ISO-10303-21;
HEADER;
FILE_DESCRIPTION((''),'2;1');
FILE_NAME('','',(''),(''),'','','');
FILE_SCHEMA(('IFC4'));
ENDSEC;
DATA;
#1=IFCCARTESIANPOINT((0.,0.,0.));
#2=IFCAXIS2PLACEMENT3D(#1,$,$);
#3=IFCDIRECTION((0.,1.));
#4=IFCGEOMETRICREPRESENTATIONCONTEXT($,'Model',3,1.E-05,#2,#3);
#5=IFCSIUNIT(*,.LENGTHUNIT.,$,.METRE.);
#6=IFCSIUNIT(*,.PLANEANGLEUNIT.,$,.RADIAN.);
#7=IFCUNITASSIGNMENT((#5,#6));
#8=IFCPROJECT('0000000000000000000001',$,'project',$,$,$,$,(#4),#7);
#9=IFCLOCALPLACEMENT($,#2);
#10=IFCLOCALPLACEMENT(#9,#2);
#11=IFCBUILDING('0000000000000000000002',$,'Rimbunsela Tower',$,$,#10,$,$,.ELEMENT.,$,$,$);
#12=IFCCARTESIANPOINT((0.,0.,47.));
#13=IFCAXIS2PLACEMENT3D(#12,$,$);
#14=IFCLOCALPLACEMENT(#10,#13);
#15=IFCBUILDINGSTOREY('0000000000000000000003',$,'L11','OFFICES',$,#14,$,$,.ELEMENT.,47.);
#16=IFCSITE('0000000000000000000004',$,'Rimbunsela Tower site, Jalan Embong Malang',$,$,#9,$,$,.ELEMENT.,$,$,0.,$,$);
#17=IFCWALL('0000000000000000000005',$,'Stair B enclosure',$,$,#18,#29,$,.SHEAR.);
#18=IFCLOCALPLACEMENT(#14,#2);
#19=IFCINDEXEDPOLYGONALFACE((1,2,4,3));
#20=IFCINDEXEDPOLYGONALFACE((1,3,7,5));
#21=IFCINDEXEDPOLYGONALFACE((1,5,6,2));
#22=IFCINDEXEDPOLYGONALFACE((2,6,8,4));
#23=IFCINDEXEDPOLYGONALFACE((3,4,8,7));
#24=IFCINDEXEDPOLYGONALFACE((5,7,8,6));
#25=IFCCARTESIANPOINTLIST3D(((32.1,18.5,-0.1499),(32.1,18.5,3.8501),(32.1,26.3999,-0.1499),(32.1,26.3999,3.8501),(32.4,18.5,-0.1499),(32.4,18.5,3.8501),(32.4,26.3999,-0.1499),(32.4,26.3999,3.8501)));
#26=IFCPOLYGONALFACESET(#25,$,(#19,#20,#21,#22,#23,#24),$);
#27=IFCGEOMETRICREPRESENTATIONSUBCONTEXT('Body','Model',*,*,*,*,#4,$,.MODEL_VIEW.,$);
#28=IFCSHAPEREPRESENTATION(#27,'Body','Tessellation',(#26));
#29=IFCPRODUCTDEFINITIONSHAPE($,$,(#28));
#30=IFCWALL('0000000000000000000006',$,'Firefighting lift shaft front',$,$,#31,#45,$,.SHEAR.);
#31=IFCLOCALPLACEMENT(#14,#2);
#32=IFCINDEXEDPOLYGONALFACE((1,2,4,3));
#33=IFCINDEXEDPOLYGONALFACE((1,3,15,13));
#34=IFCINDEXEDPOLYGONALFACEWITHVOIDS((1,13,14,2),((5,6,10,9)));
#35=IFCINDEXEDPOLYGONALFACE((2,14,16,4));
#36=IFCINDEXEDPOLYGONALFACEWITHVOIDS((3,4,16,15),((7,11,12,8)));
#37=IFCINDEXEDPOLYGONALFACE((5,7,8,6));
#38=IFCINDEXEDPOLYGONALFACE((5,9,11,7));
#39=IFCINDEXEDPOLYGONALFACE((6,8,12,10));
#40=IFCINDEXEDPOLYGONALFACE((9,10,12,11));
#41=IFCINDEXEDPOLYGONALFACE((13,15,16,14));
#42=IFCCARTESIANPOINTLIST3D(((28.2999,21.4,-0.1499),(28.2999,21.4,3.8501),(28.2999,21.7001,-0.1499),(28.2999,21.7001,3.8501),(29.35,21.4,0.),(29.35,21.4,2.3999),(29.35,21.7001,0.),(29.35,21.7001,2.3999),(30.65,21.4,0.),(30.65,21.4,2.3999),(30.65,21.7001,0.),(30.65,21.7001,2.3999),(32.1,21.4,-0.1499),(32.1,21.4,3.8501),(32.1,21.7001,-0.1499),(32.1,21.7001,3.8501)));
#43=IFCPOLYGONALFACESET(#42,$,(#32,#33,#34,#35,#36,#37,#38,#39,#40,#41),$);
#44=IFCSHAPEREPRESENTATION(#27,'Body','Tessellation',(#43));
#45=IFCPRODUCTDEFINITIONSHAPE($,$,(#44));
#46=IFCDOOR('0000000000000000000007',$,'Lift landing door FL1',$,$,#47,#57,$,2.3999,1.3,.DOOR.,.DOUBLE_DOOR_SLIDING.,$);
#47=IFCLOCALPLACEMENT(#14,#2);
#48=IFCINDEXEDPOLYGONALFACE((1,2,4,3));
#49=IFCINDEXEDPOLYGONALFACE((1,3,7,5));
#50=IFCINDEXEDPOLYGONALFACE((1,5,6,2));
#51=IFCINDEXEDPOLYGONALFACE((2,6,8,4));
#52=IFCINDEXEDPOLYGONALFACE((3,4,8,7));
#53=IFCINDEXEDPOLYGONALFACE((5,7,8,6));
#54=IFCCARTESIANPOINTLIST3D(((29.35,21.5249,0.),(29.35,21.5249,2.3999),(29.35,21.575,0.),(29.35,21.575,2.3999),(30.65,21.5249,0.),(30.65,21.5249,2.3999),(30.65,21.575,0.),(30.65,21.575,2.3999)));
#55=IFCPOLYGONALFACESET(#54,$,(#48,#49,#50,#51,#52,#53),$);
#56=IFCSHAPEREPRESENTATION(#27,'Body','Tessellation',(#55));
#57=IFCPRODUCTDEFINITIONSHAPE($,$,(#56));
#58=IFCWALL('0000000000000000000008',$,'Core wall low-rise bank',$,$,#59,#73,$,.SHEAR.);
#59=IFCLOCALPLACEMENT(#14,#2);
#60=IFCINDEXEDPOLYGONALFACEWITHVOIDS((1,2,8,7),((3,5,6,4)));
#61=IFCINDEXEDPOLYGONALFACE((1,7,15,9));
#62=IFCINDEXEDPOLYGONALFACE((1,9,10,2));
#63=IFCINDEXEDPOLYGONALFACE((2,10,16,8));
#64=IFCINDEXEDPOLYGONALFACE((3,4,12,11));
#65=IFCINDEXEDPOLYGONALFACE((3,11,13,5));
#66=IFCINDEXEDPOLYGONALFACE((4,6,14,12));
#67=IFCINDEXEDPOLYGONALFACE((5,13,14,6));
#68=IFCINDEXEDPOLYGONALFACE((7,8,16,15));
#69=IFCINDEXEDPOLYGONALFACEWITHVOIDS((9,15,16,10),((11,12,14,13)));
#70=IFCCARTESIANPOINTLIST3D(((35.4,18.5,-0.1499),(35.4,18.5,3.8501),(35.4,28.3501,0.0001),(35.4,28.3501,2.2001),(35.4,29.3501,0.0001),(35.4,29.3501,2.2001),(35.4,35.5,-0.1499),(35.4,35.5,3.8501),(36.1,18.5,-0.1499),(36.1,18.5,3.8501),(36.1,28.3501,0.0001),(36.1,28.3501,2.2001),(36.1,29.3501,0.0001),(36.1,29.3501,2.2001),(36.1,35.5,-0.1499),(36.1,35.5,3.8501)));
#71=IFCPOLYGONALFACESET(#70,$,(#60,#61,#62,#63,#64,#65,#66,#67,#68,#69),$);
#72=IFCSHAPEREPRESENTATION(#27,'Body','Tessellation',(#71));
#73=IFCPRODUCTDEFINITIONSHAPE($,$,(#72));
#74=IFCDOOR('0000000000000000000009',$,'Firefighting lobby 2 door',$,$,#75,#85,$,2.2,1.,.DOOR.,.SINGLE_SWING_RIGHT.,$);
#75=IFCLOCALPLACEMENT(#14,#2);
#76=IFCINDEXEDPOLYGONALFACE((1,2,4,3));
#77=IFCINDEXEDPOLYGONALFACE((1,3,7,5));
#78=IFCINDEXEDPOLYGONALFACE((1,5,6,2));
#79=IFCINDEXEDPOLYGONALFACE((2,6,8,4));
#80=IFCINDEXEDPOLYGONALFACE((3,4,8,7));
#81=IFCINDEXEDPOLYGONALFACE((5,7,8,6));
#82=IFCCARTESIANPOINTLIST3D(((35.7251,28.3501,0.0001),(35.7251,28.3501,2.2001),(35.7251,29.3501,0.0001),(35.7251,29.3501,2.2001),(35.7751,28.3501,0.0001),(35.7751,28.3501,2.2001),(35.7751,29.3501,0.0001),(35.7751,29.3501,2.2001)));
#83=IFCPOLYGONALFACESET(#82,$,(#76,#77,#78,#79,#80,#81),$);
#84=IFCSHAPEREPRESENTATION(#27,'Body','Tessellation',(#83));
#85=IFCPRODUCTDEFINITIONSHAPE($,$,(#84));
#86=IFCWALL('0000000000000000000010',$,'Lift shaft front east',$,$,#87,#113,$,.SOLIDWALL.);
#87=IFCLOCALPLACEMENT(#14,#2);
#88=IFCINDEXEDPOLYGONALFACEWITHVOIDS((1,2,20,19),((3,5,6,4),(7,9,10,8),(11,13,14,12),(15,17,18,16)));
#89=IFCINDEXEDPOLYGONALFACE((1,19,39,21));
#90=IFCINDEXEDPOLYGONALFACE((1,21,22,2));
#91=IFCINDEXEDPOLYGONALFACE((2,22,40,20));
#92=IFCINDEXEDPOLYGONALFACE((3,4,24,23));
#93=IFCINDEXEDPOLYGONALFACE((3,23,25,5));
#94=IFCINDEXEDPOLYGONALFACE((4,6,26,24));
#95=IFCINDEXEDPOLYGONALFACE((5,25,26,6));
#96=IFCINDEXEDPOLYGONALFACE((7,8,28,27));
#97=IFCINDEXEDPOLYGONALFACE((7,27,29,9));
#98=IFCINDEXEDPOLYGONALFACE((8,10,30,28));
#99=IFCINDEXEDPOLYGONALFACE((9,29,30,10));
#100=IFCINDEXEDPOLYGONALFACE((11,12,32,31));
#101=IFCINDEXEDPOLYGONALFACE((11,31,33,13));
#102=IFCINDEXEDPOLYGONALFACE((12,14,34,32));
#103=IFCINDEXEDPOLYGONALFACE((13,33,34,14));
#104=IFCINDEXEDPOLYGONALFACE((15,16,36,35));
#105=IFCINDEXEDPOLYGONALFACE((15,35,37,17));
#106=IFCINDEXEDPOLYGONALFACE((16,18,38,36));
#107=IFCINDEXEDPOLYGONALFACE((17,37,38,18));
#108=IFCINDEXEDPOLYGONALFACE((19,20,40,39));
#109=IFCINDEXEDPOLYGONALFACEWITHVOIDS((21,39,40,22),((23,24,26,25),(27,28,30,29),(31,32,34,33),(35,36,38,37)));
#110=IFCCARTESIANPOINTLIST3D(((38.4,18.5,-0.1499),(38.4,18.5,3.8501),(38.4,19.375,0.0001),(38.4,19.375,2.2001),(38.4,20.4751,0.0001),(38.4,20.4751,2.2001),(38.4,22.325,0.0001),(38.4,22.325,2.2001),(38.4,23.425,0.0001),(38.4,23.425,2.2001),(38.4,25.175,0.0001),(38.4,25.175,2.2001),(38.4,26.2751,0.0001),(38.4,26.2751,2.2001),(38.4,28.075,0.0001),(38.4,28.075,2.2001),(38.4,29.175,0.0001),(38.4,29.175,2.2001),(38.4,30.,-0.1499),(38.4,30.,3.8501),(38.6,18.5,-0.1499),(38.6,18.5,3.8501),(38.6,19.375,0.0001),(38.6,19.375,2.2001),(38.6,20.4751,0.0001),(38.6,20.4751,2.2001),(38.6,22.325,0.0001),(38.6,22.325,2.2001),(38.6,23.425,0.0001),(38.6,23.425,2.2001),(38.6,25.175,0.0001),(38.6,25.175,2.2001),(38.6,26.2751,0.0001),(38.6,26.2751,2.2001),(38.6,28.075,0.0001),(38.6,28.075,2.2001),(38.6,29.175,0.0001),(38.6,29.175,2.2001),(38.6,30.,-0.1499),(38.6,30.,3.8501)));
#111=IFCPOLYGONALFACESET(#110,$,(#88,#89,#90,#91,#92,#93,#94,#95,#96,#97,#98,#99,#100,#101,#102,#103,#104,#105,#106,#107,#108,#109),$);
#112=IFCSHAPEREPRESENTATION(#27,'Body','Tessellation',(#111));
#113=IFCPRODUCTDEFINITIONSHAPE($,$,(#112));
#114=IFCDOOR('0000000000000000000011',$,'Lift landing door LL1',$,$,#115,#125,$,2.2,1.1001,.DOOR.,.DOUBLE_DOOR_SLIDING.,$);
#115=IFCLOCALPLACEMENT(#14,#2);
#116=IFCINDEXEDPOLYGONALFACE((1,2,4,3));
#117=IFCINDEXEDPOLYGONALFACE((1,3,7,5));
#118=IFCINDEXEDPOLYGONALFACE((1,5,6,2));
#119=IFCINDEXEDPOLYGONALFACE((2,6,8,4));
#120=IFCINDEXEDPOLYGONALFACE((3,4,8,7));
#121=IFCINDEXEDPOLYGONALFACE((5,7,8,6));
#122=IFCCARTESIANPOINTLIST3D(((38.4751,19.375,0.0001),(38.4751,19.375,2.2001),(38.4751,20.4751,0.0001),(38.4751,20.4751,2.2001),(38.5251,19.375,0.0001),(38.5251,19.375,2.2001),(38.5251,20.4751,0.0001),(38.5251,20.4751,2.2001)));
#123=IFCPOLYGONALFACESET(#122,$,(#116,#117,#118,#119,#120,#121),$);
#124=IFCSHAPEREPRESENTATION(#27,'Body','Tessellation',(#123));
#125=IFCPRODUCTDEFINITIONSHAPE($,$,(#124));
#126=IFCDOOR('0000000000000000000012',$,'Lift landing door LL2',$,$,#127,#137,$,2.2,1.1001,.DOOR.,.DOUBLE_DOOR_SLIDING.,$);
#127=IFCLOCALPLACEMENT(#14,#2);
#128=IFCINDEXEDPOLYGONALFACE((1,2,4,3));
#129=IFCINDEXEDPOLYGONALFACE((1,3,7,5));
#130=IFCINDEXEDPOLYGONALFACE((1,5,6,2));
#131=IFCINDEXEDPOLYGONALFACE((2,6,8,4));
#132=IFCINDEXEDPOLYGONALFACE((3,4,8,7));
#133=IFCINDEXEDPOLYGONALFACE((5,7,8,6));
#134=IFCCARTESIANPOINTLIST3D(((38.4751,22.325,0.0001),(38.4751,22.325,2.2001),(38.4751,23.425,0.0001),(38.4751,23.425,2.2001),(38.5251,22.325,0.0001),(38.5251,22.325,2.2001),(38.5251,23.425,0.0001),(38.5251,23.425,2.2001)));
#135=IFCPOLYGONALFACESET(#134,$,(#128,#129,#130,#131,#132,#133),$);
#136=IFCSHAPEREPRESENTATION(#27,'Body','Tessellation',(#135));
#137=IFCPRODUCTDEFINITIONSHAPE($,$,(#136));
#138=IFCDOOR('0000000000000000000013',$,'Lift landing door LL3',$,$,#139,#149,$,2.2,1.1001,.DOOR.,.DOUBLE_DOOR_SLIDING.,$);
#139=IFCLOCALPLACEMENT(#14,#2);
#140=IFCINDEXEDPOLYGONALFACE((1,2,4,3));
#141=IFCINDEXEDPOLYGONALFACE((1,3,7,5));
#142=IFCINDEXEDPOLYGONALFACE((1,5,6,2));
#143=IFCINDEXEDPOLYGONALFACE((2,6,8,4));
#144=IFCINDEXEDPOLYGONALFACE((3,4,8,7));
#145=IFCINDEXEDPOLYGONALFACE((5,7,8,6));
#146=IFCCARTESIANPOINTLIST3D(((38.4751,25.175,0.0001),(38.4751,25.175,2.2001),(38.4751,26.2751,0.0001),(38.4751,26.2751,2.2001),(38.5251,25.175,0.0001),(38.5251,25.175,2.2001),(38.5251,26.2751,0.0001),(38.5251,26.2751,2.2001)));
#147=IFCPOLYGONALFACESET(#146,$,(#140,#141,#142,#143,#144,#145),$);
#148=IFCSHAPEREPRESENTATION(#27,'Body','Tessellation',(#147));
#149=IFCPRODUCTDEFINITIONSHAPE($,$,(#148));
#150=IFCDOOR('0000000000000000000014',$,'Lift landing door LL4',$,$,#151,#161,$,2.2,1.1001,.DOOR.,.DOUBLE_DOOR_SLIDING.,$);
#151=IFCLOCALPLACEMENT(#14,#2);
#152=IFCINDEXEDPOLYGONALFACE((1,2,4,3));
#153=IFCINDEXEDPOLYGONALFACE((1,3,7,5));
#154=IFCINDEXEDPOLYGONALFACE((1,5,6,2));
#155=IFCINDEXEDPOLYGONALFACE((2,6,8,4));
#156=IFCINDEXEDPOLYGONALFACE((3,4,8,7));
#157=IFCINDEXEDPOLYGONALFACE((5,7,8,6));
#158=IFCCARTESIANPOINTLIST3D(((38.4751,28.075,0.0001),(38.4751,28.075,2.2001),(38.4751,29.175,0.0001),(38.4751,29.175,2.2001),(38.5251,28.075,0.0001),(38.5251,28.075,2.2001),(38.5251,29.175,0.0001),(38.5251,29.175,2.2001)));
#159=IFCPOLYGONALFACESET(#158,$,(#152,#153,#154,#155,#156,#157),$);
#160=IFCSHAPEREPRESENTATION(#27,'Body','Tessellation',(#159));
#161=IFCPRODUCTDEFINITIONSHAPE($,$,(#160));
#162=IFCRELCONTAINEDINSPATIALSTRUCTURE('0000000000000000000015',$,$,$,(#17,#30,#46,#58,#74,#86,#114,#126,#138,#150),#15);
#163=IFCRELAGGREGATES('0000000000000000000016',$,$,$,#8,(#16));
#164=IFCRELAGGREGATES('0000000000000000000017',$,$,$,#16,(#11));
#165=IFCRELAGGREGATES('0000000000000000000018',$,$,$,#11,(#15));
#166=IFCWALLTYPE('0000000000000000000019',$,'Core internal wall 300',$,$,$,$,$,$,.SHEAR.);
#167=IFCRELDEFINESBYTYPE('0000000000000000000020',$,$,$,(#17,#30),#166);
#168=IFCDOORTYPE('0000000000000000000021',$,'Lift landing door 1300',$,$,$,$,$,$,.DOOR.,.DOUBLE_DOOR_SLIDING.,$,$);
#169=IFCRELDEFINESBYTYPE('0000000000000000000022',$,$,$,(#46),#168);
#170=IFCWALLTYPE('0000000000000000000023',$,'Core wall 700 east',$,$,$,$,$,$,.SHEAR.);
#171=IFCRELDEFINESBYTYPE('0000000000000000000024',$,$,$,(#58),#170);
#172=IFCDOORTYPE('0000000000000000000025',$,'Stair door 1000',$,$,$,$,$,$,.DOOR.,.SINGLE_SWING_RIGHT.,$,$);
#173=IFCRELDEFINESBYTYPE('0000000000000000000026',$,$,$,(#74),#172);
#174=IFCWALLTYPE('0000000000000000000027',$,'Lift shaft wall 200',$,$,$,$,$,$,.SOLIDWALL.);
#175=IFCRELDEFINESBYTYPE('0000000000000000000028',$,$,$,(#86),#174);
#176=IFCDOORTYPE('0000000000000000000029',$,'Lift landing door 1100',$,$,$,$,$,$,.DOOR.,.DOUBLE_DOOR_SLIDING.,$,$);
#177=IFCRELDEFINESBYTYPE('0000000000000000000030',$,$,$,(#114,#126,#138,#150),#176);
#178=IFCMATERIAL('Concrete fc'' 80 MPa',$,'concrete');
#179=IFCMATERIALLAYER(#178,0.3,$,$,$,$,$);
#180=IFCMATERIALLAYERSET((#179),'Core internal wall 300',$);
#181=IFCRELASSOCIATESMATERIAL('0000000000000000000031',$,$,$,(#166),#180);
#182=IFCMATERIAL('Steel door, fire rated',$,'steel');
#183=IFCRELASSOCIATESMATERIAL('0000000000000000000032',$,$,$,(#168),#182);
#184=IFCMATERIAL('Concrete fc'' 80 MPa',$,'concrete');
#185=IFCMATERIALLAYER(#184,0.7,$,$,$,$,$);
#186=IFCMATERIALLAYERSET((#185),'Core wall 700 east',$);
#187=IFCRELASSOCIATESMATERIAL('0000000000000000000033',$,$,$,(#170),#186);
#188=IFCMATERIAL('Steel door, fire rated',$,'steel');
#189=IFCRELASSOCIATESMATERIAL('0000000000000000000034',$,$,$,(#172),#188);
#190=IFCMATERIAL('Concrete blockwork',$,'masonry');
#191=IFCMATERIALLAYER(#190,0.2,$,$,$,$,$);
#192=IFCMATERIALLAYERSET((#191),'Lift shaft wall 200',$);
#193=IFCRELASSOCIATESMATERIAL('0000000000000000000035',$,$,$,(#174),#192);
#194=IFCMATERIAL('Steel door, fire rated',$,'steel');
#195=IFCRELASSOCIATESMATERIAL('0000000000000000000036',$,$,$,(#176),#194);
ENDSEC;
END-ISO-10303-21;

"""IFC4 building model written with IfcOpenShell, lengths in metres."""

from ifc_helpers import new_model, si_unit, direction, frame, frame_2d, origin, place, context, subcontext, project, spatial, rectangle, extrude, material, layer, layer_set, type_object, element, fill, save


model = new_model("IFC4")

# Units and contexts
model_context = context("Model", 3, precision=1e-05, world=origin(), true_north=direction((0.0, 1.0)))
body_context = subcontext(model_context, "Body", "Model", "MODEL_VIEW")
ifc_project = project(units=[si_unit("LENGTHUNIT", "METRE"), si_unit("PLANEANGLEUNIT", "RADIAN")], contexts=[model_context])

# Site, building, storey
site_placement = place(None, origin())
site = spatial("IfcSite", under=ifc_project, at=site_placement, Name="Rimbunsela Tower site, Jalan Embong Malang", CompositionType="ELEMENT", RefElevation=0.0)
building_placement = place(site_placement, origin())
building = spatial("IfcBuilding", under=site, at=building_placement, Name="Rimbunsela Tower", CompositionType="ELEMENT")
storey_placement = place(building_placement, frame((0.0, 0.0, 47.0)))
storey = spatial("IfcBuildingStorey", under=building, at=storey_placement, Name="L11", Description="OFFICES", CompositionType="ELEMENT", Elevation=47.0)

# Wall
ifc_material_1 = material(Name="Concrete fc' 80 MPa", Category="concrete")
ifc_layer_1 = layer(ifc_material_1, 0.3)
ifc_layer_set_1 = layer_set([ifc_layer_1], Name="Core internal wall 300")
wall_type_1 = type_object("IfcWallType", Name="Core internal wall 300", PredefinedType="SHEAR", material=ifc_layer_set_1)
wall_1_placement = place(storey_placement, frame((32.25, 18.5, -0.1499), z_axis=(0.0, 0.0, 1.0), x_axis=(0.0, 1.0, 0.0)))
element("IfcWall", 1, at=wall_1_placement, inside=storey, type_object=wall_type_1, Name="Stair B enclosure", PredefinedType="SHEAR", context=body_context, shape_type="SweptSolid", body=[
    extrude(rectangle(XDim=7.8999, YDim=0.3, at=frame_2d((3.95, 0.0))), origin(), (0.0, 0.0, 1.0), 4.0),
])

# Walls, openings, doors
wall_2_placement = place(storey_placement, frame((28.3, 21.55, -0.1499), z_axis=(0.0, 0.0, 1.0), x_axis=(1.0, 0.0, 0.0)))
wall_2 = element("IfcWall", 2, at=wall_2_placement, inside=storey, type_object=wall_type_1, Name="Firefighting lift shaft front", PredefinedType="SHEAR", context=body_context, shape_type="SweptSolid", body=[
    extrude(rectangle(XDim=3.8, YDim=0.3, at=frame_2d((1.8999, 0.0))), origin(), (0.0, 0.0, 1.0), 4.0),
])
opening_1_placement = place(wall_2_placement, frame((1.05, 0.0, 0.1499)))
opening_1 = element("IfcOpeningElement", 3, at=opening_1_placement, cuts=wall_2, PredefinedType="OPENING", context=body_context, shape_type="SweptSolid", body=[
    extrude(rectangle(XDim=1.3, YDim=2.3999, at=frame_2d((0.6499, 1.2))), frame((0.0, 0.1599, 0.0), z_axis=(0.0, -1.0, 0.0), x_axis=(1.0, 0.0, 0.0)), (0.0, 0.0, 1.0), 0.3201),
])
ifc_material_2 = material(Name="Steel door, fire rated", Category="steel")
door_type_1 = type_object("IfcDoorType", Name="Lift landing door 1300", OperationType="DOUBLE_DOOR_SLIDING", PredefinedType="DOOR", material=ifc_material_2)
door_1_placement = place(opening_1_placement, origin())
door_1 = element("IfcDoor", 4, at=door_1_placement, inside=storey, type_object=door_type_1, Name="Lift landing door FL1", OperationType="DOUBLE_DOOR_SLIDING", OverallHeight=2.3999, OverallWidth=1.3, PredefinedType="DOOR", context=body_context, shape_type="SweptSolid", body=[
    extrude(rectangle(XDim=1.3, YDim=2.3999, at=frame_2d((0.6499, 1.2))), frame((0.0, 0.0249, 0.0), z_axis=(0.0, -1.0, 0.0), x_axis=(1.0, 0.0, 0.0)), (0.0, 0.0, 1.0), 0.05),
])
fill(opening_1, door_1)
ifc_material_3 = material(Name="Concrete fc' 80 MPa", Category="concrete")
ifc_layer_2 = layer(ifc_material_3, 0.7)
ifc_layer_set_2 = layer_set([ifc_layer_2], Name="Core wall 700 east")
wall_type_2 = type_object("IfcWallType", Name="Core wall 700 east", PredefinedType="SHEAR", material=ifc_layer_set_2)
wall_3_placement = place(storey_placement, frame((35.75, 18.5, -0.1499), z_axis=(0.0, 0.0, 1.0), x_axis=(0.0, 1.0, 0.0)))
wall_3 = element("IfcWall", 5, at=wall_3_placement, inside=storey, type_object=wall_type_2, Name="Core wall low-rise bank", PredefinedType="SHEAR", context=body_context, shape_type="SweptSolid", body=[
    extrude(rectangle(XDim=17.0, YDim=0.7, at=frame_2d((8.5, 0.0))), origin(), (0.0, 0.0, 1.0), 4.0),
])
opening_2_placement = place(wall_3_placement, frame((9.8501, 0.0, 0.1499)))
opening_2 = element("IfcOpeningElement", 6, at=opening_2_placement, cuts=wall_3, PredefinedType="OPENING", context=body_context, shape_type="SweptSolid", body=[
    extrude(rectangle(XDim=1.0, YDim=2.2, at=frame_2d((0.5, 1.1001))), frame((0.0, 0.3599, 0.0), z_axis=(0.0, -1.0, 0.0), x_axis=(1.0, 0.0, 0.0)), (0.0, 0.0, 1.0), 0.72),
])
ifc_material_4 = material(Name="Steel door, fire rated", Category="steel")
door_type_2 = type_object("IfcDoorType", Name="Stair door 1000", OperationType="SINGLE_SWING_RIGHT", PredefinedType="DOOR", material=ifc_material_4)
door_2_placement = place(opening_2_placement, origin())
door_2 = element("IfcDoor", 7, at=door_2_placement, inside=storey, type_object=door_type_2, Name="Firefighting lobby 2 door", OperationType="SINGLE_SWING_RIGHT", OverallHeight=2.2, OverallWidth=1.0, PredefinedType="DOOR", context=body_context, shape_type="SweptSolid", body=[
    extrude(rectangle(XDim=1.0, YDim=2.2, at=frame_2d((0.5, 1.1001))), frame((0.0, 0.0249, 0.0), z_axis=(0.0, -1.0, 0.0), x_axis=(1.0, 0.0, 0.0)), (0.0, 0.0, 1.0), 0.05),
])
fill(opening_2, door_2)

# Wall, openings, doors
ifc_material_5 = material(Name="Concrete blockwork", Category="masonry")
ifc_layer_3 = layer(ifc_material_5, 0.2)
ifc_layer_set_3 = layer_set([ifc_layer_3], Name="Lift shaft wall 200")
wall_type_3 = type_object("IfcWallType", Name="Lift shaft wall 200", PredefinedType="SOLIDWALL", material=ifc_layer_set_3)
wall_4_placement = place(storey_placement, frame((38.5, 18.5, -0.1499), z_axis=(0.0, 0.0, 1.0), x_axis=(0.0, 1.0, 0.0)))
wall_4 = element("IfcWall", 8, at=wall_4_placement, inside=storey, type_object=wall_type_3, Name="Lift shaft front east", PredefinedType="SOLIDWALL", context=body_context, shape_type="SweptSolid", body=[
    extrude(rectangle(XDim=11.5, YDim=0.2, at=frame_2d((5.75, 0.0))), origin(), (0.0, 0.0, 1.0), 4.0),
])
opening_3_placement = place(wall_4_placement, frame((0.875, 0.0, 0.1499)))
opening_3 = element("IfcOpeningElement", 9, at=opening_3_placement, cuts=wall_4, PredefinedType="OPENING", context=body_context, shape_type="SweptSolid", body=[
    extrude(rectangle(XDim=1.1001, YDim=2.2, at=frame_2d((0.55, 1.1001))), frame((0.0, 0.1099, 0.0), z_axis=(0.0, -1.0, 0.0), x_axis=(1.0, 0.0, 0.0)), (0.0, 0.0, 1.0), 0.22),
])
opening_4_placement = place(wall_4_placement, frame((3.825, 0.0, 0.1499)))
opening_4 = element("IfcOpeningElement", 10, at=opening_4_placement, cuts=wall_4, PredefinedType="OPENING", context=body_context, shape_type="SweptSolid", body=[
    extrude(rectangle(XDim=1.1001, YDim=2.2, at=frame_2d((0.55, 1.1001))), frame((0.0, 0.1099, 0.0), z_axis=(0.0, -1.0, 0.0), x_axis=(1.0, 0.0, 0.0)), (0.0, 0.0, 1.0), 0.22),
])
opening_5_placement = place(wall_4_placement, frame((6.675, 0.0, 0.1499)))
opening_5 = element("IfcOpeningElement", 11, at=opening_5_placement, cuts=wall_4, PredefinedType="OPENING", context=body_context, shape_type="SweptSolid", body=[
    extrude(rectangle(XDim=1.1001, YDim=2.2, at=frame_2d((0.55, 1.1001))), frame((0.0, 0.1099, 0.0), z_axis=(0.0, -1.0, 0.0), x_axis=(1.0, 0.0, 0.0)), (0.0, 0.0, 1.0), 0.22),
])
opening_6_placement = place(wall_4_placement, frame((9.575, 0.0, 0.1499)))
opening_6 = element("IfcOpeningElement", 12, at=opening_6_placement, cuts=wall_4, PredefinedType="OPENING", context=body_context, shape_type="SweptSolid", body=[
    extrude(rectangle(XDim=1.1001, YDim=2.2, at=frame_2d((0.55, 1.1001))), frame((0.0, 0.1099, 0.0), z_axis=(0.0, -1.0, 0.0), x_axis=(1.0, 0.0, 0.0)), (0.0, 0.0, 1.0), 0.22),
])
ifc_material_6 = material(Name="Steel door, fire rated", Category="steel")
door_type_3 = type_object("IfcDoorType", Name="Lift landing door 1100", OperationType="DOUBLE_DOOR_SLIDING", PredefinedType="DOOR", material=ifc_material_6)
door_3_placement = place(opening_3_placement, origin())
door_3 = element("IfcDoor", 13, at=door_3_placement, inside=storey, type_object=door_type_3, Name="Lift landing door LL1", OperationType="DOUBLE_DOOR_SLIDING", OverallHeight=2.2, OverallWidth=1.1001, PredefinedType="DOOR", context=body_context, shape_type="SweptSolid", body=[
    extrude(rectangle(XDim=1.1001, YDim=2.2, at=frame_2d((0.55, 1.1001))), frame((0.0, 0.0249, 0.0), z_axis=(0.0, -1.0, 0.0), x_axis=(1.0, 0.0, 0.0)), (0.0, 0.0, 1.0), 0.05),
])
fill(opening_3, door_3)
door_4_placement = place(opening_4_placement, origin())
door_4 = element("IfcDoor", 14, at=door_4_placement, inside=storey, type_object=door_type_3, Name="Lift landing door LL2", OperationType="DOUBLE_DOOR_SLIDING", OverallHeight=2.2, OverallWidth=1.1001, PredefinedType="DOOR", context=body_context, shape_type="SweptSolid", body=[
    extrude(rectangle(XDim=1.1001, YDim=2.2, at=frame_2d((0.55, 1.1001))), frame((0.0, 0.0249, 0.0), z_axis=(0.0, -1.0, 0.0), x_axis=(1.0, 0.0, 0.0)), (0.0, 0.0, 1.0), 0.05),
])
fill(opening_4, door_4)
door_5_placement = place(opening_5_placement, origin())
door_5 = element("IfcDoor", 15, at=door_5_placement, inside=storey, type_object=door_type_3, Name="Lift landing door LL3", OperationType="DOUBLE_DOOR_SLIDING", OverallHeight=2.2, OverallWidth=1.1001, PredefinedType="DOOR", context=body_context, shape_type="SweptSolid", body=[
    extrude(rectangle(XDim=1.1001, YDim=2.2, at=frame_2d((0.55, 1.1001))), frame((0.0, 0.0249, 0.0), z_axis=(0.0, -1.0, 0.0), x_axis=(1.0, 0.0, 0.0)), (0.0, 0.0, 1.0), 0.05),
])
fill(opening_5, door_5)
door_6_placement = place(opening_6_placement, origin())
door_6 = element("IfcDoor", 16, at=door_6_placement, inside=storey, type_object=door_type_3, Name="Lift landing door LL4", OperationType="DOUBLE_DOOR_SLIDING", OverallHeight=2.2, OverallWidth=1.1001, PredefinedType="DOOR", context=body_context, shape_type="SweptSolid", body=[
    extrude(rectangle(XDim=1.1001, YDim=2.2, at=frame_2d((0.55, 1.1001))), frame((0.0, 0.0249, 0.0), z_axis=(0.0, -1.0, 0.0), x_axis=(1.0, 0.0, 0.0)), (0.0, 0.0, 1.0), 0.05),
])
fill(opening_6, door_6)

save(model, "model.ifc")
